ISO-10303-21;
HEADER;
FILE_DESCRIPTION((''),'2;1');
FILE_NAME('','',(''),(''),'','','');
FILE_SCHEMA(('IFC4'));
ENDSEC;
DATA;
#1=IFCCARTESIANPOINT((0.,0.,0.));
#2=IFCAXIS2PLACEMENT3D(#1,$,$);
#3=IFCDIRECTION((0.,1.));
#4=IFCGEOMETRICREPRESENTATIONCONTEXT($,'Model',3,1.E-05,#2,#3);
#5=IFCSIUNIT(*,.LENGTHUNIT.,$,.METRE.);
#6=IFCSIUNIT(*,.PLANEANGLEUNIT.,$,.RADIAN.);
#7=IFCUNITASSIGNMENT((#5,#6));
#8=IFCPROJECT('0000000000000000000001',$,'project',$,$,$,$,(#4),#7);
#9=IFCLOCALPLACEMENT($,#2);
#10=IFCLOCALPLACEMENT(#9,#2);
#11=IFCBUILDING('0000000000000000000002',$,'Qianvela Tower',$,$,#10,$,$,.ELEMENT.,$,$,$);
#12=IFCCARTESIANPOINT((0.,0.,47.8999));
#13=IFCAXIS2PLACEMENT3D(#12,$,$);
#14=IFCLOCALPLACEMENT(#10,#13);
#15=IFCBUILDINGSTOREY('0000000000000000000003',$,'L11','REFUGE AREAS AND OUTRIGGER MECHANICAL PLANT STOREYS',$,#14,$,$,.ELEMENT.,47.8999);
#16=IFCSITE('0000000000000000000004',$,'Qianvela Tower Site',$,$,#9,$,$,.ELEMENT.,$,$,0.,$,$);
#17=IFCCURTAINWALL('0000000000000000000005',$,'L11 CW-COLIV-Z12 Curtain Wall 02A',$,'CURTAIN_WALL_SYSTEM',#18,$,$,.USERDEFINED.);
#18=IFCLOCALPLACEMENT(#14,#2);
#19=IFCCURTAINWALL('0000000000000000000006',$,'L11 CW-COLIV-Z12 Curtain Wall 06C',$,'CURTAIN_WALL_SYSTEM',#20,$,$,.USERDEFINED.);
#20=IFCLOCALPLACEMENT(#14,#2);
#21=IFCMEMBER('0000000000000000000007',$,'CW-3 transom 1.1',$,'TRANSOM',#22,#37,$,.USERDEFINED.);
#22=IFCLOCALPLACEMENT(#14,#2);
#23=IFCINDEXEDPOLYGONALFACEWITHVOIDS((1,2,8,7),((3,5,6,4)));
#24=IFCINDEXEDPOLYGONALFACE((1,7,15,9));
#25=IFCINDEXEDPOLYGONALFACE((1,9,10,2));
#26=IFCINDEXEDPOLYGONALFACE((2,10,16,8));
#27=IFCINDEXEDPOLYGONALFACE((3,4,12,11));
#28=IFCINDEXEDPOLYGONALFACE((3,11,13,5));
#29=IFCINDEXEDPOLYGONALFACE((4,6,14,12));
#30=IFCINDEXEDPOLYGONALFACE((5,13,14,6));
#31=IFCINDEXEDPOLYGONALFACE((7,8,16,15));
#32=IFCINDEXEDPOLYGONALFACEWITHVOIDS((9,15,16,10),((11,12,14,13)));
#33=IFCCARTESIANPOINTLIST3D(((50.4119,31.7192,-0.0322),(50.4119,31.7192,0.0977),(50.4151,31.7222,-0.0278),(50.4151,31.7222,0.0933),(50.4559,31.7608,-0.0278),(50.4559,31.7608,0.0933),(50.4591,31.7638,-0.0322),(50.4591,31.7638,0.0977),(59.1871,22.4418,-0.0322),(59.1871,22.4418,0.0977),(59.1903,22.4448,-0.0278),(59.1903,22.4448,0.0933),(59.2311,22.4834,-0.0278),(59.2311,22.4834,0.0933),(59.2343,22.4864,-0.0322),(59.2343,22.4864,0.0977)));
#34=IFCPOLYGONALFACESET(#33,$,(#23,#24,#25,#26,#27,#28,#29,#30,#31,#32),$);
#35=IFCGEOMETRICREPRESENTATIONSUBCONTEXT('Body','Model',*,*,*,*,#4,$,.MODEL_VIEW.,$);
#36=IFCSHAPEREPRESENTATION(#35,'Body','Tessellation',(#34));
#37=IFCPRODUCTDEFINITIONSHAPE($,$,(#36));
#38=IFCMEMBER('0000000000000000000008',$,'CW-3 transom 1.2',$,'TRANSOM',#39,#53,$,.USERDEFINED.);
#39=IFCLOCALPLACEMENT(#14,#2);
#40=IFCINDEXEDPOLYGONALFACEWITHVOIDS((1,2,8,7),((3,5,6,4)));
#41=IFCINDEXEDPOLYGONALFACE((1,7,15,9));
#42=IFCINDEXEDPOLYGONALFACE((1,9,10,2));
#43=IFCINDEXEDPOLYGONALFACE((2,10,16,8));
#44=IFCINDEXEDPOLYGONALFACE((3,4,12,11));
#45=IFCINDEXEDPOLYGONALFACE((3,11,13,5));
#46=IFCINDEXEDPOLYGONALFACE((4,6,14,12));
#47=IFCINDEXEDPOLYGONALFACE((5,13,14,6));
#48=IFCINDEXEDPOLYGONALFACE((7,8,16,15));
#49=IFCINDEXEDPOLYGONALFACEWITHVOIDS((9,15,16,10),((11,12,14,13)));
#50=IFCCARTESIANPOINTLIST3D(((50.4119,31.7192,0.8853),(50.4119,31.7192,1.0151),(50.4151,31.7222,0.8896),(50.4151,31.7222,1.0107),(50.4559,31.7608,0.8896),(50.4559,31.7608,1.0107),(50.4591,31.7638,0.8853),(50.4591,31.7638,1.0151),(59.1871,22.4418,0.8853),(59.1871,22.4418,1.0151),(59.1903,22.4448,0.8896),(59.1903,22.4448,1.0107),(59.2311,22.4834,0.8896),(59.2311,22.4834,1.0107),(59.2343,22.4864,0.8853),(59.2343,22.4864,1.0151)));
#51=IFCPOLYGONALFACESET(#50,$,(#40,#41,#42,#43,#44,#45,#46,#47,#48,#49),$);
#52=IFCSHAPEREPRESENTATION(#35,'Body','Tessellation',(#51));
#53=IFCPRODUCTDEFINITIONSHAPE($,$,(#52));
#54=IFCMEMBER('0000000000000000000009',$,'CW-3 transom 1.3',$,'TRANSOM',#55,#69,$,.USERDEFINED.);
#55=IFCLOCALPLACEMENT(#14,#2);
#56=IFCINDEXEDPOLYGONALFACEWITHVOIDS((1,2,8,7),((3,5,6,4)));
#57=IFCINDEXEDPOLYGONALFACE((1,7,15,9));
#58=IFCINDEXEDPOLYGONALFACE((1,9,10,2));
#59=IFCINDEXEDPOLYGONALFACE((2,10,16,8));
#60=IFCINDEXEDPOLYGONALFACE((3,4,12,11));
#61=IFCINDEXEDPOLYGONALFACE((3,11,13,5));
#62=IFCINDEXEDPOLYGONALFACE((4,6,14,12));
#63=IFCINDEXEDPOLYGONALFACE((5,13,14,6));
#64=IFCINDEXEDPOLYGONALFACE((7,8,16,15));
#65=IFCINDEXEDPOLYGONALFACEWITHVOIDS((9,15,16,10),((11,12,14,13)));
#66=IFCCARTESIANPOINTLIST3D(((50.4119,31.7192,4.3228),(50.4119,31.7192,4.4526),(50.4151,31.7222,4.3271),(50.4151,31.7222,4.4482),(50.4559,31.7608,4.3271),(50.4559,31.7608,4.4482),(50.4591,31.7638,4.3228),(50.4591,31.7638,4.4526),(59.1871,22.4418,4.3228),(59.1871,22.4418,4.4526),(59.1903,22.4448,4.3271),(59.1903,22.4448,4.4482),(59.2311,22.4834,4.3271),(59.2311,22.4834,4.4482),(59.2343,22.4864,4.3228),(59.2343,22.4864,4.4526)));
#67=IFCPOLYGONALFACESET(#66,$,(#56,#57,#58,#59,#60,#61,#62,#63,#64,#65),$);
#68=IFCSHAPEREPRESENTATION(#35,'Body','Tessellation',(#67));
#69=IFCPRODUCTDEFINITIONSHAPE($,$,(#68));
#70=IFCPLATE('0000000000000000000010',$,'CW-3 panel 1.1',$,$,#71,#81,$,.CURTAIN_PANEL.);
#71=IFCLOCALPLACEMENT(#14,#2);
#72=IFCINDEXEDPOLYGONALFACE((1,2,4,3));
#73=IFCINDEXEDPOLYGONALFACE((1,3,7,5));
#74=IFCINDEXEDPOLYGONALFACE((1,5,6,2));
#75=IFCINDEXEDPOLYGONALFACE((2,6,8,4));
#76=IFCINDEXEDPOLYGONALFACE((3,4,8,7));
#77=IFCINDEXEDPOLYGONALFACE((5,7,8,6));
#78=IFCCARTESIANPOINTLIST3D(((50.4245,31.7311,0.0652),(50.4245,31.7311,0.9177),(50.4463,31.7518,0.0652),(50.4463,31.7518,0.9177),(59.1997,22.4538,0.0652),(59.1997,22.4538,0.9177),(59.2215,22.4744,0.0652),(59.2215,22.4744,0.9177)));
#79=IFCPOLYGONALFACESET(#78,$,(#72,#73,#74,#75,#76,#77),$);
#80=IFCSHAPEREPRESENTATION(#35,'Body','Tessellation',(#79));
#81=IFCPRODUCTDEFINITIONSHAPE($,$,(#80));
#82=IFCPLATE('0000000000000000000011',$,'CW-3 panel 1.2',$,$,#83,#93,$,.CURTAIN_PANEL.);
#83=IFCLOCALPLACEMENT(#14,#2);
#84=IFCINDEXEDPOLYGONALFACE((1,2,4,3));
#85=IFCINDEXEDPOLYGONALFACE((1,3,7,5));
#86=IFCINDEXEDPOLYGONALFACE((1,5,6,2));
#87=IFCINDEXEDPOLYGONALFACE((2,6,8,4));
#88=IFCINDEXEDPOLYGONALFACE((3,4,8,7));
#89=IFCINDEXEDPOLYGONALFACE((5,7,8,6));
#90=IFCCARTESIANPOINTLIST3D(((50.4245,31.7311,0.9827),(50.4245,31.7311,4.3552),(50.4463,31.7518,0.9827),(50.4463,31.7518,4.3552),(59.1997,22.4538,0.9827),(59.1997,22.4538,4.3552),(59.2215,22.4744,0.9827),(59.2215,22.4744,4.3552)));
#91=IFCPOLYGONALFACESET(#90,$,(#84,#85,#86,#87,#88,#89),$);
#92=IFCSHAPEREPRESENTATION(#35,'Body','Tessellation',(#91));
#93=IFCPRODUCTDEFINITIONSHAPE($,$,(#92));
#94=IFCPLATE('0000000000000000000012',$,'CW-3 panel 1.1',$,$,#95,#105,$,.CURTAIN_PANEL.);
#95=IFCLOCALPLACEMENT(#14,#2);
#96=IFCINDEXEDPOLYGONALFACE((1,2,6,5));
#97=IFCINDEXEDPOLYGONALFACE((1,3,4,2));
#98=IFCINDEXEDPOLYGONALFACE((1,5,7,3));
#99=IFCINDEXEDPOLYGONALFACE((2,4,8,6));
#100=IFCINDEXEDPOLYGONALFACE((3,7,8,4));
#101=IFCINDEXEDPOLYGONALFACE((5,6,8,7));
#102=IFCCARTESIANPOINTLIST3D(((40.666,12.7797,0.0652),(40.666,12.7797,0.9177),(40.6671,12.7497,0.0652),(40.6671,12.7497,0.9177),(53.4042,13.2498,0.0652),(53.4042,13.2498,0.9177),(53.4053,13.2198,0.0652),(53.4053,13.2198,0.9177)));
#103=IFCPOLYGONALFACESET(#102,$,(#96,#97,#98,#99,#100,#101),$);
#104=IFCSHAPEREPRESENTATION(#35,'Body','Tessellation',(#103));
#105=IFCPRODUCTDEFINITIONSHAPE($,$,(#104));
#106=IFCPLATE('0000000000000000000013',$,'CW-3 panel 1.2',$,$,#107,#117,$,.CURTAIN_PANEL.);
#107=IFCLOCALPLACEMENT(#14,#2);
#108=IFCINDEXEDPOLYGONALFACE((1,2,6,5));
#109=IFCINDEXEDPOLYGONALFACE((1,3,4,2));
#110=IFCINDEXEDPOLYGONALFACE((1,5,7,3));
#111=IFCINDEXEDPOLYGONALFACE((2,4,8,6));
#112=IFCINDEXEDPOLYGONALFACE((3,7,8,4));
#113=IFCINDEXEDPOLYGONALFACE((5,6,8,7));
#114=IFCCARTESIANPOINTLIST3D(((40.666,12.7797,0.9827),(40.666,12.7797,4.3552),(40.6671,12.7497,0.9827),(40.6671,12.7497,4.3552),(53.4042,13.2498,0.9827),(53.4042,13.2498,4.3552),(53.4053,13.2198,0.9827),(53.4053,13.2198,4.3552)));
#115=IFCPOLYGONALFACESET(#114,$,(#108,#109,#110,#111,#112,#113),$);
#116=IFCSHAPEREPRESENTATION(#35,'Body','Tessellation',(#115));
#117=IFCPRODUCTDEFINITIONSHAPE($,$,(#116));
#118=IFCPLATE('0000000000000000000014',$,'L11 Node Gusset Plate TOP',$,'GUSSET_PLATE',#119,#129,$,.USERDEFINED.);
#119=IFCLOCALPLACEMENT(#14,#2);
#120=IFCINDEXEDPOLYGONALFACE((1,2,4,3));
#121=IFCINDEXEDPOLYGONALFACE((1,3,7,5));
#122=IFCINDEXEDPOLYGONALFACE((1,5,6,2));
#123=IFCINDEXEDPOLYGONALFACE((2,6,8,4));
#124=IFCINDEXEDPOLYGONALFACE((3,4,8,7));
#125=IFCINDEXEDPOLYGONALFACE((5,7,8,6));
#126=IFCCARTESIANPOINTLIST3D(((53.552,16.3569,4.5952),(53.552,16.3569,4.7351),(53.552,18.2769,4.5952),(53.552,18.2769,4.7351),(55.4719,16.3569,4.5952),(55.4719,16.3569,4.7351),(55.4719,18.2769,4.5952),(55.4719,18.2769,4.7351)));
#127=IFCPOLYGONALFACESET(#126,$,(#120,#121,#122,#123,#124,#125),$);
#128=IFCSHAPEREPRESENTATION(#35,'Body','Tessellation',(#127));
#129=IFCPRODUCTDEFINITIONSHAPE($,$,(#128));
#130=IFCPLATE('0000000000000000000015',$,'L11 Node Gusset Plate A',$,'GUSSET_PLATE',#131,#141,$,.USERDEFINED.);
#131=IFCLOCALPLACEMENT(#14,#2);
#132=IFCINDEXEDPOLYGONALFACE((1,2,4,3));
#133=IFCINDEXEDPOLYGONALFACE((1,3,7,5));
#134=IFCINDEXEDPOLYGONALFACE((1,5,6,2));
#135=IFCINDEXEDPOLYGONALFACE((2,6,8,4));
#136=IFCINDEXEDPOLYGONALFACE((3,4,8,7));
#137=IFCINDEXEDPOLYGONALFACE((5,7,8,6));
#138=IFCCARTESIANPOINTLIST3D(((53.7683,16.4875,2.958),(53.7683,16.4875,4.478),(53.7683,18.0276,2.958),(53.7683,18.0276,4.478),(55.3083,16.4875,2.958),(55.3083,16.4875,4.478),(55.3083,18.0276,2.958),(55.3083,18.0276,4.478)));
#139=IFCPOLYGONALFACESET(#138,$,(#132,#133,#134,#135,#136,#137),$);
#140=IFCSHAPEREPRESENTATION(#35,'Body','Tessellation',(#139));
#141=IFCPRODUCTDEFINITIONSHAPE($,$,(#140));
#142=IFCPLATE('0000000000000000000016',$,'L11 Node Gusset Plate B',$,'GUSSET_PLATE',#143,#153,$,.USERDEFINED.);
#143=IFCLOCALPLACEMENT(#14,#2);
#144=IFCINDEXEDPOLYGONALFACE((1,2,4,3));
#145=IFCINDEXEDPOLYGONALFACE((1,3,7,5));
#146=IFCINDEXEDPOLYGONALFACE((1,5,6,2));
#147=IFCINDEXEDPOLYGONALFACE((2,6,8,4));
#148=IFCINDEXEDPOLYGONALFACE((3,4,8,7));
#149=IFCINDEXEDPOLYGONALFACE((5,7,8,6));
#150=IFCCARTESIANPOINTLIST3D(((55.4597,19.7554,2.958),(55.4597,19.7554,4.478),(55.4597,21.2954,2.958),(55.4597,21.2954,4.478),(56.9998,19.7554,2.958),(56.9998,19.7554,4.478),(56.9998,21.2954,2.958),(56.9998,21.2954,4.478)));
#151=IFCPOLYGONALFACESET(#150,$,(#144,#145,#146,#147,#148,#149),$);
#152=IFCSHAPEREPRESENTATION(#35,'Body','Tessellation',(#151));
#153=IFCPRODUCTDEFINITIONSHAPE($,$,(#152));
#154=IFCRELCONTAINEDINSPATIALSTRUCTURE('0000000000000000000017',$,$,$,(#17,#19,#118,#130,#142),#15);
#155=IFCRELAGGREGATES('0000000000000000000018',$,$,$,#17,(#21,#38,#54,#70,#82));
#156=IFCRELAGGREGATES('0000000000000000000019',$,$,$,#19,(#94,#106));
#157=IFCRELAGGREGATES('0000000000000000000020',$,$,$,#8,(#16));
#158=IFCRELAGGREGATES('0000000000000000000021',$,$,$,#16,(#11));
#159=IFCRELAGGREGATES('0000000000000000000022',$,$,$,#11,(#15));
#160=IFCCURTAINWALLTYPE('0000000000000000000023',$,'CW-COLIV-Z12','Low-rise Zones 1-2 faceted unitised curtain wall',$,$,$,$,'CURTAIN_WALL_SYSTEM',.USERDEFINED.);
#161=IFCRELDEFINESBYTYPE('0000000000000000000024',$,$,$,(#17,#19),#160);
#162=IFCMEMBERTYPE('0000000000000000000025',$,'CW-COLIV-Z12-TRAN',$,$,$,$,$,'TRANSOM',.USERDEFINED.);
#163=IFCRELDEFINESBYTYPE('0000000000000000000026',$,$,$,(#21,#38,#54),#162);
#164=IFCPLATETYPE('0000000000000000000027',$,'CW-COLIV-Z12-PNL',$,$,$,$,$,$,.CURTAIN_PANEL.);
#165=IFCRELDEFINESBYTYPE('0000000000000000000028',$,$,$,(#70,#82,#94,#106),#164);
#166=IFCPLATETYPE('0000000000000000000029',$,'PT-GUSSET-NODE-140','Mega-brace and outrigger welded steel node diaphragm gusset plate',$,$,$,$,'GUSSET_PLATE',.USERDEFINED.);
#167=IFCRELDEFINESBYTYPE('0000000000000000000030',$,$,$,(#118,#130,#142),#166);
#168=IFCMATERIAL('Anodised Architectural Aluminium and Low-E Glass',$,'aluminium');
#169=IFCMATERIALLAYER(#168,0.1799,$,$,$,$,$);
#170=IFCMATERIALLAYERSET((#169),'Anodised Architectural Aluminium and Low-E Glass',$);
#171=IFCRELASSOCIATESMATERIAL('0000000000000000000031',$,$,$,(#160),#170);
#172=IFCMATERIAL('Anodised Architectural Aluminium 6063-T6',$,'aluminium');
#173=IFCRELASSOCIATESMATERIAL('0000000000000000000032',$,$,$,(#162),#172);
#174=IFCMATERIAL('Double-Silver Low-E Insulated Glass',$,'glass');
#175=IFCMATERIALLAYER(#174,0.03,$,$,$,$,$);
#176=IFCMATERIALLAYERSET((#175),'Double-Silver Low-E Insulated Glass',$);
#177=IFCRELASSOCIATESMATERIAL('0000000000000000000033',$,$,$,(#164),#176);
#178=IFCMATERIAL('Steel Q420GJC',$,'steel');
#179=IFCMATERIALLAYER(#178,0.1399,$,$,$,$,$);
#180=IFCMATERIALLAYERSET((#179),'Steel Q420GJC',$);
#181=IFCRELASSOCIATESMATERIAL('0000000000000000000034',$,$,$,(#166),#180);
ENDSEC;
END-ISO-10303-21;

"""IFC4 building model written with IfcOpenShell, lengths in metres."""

from ifc_helpers import new_model, si_unit, direction, frame, origin, origin_2d, place, context, subcontext, project, spatial, rectangle, hollow_rectangle, extrude, material, layer, layer_set, material_profile, profile_set, type_object, element, aggregate, save


model = new_model("IFC4")

# Units and contexts
model_context = context("Model", 3, precision=1e-05, world=origin(), true_north=direction((0.0, 1.0)))
body_context = subcontext(model_context, "Body", "Model", "MODEL_VIEW")
ifc_project = project(units=[si_unit("LENGTHUNIT", "METRE"), si_unit("PLANEANGLEUNIT", "RADIAN")], contexts=[model_context])

# Site, building, storey
site_placement = place(None, origin())
site = spatial("IfcSite", under=ifc_project, at=site_placement, Name="Qianvela Tower Site", CompositionType="ELEMENT", RefElevation=0.0)
building_placement = place(site_placement, origin())
building = spatial("IfcBuilding", under=site, at=building_placement, Name="Qianvela Tower", CompositionType="ELEMENT")
storey_placement = place(building_placement, frame((0.0, 0.0, 47.8999)))
storey = spatial("IfcBuildingStorey", under=building, at=storey_placement, Name="L11", Description="REFUGE AREAS AND OUTRIGGER MECHANICAL PLANT STOREYS", CompositionType="ELEMENT", Elevation=47.8999)

# Curtain walls
ifc_material_1 = material(Name="Anodised Architectural Aluminium and Low-E Glass", Category="aluminium")
ifc_layer_1 = layer(ifc_material_1, 0.1799)
ifc_layer_set_1 = layer_set([ifc_layer_1], Name="Anodised Architectural Aluminium and Low-E Glass")
curtain_wall_type = type_object("IfcCurtainWallType", Name="CW-COLIV-Z12", Description="Low-rise Zones 1-2 faceted unitised curtain wall", ElementType="CURTAIN_WALL_SYSTEM", PredefinedType="USERDEFINED", material=ifc_layer_set_1)
curtain_wall_1_placement = place(storey_placement, origin())
curtain_wall_1 = element("IfcCurtainWall", 1, at=curtain_wall_1_placement, inside=storey, type_object=curtain_wall_type, Name="L11 CW-COLIV-Z12 Curtain Wall 02A", ObjectType="CURTAIN_WALL_SYSTEM", PredefinedType="USERDEFINED")
curtain_wall_2_placement = place(storey_placement, origin())
curtain_wall_2 = element("IfcCurtainWall", 2, at=curtain_wall_2_placement, inside=storey, type_object=curtain_wall_type, Name="L11 CW-COLIV-Z12 Curtain Wall 06C", ObjectType="CURTAIN_WALL_SYSTEM", PredefinedType="USERDEFINED")

# Members
ifc_material_2 = material(Name="Anodised Architectural Aluminium 6063-T6", Category="aluminium")
ifc_material_profile_1 = material_profile(ifc_material_2, hollow_rectangle(XDim=0.0649, YDim=0.1299, WallThickness=0.0044, at=origin_2d()), Name="ALU-TRAN-65x130")
ifc_profile_set_1 = profile_set([ifc_material_profile_1], Name="Anodised Architectural Aluminium 6063-T6")
member_type_1 = type_object("IfcMemberType", Name="CW-COLIV-Z12-TRAN", ElementType="TRANSOM", PredefinedType="USERDEFINED", material=ifc_profile_set_1)
member_1_placement = place(storey_placement, frame((59.2107, 22.4641, 0.0327), z_axis=(-0.68717, 0.726497, 0.0), x_axis=(-0.726497, -0.68717, 0.0)))
member_1 = element("IfcMember", 3, at=member_1_placement, type_object=member_type_1, Name="CW-3 transom 1.1", ObjectType="TRANSOM", PredefinedType="USERDEFINED", context=body_context, shape_type="SweptSolid", body=[
    extrude(hollow_rectangle(XDim=0.0649, YDim=0.1299, WallThickness=0.0044, at=origin_2d()), origin(), (0.0, 0.0, 1.0), 12.77),
])
member_2_placement = place(storey_placement, frame((59.2107, 22.4641, 0.9502), z_axis=(-0.68717, 0.726497, 0.0), x_axis=(-0.726497, -0.68717, 0.0)))
member_2 = element("IfcMember", 4, at=member_2_placement, type_object=member_type_1, Name="CW-3 transom 1.2", ObjectType="TRANSOM", PredefinedType="USERDEFINED", context=body_context, shape_type="SweptSolid", body=[
    extrude(hollow_rectangle(XDim=0.0649, YDim=0.1299, WallThickness=0.0044, at=origin_2d()), origin(), (0.0, 0.0, 1.0), 12.77),
])
member_3_placement = place(storey_placement, frame((59.2107, 22.4641, 4.3877), z_axis=(-0.68717, 0.726497, 0.0), x_axis=(-0.726497, -0.68717, 0.0)))
member_3 = element("IfcMember", 5, at=member_3_placement, type_object=member_type_1, Name="CW-3 transom 1.3", ObjectType="TRANSOM", PredefinedType="USERDEFINED", context=body_context, shape_type="SweptSolid", body=[
    extrude(hollow_rectangle(XDim=0.0649, YDim=0.1299, WallThickness=0.0044, at=origin_2d()), origin(), (0.0, 0.0, 1.0), 12.77),
])

# Plates
ifc_material_3 = material(Name="Double-Silver Low-E Insulated Glass", Category="glass")
ifc_layer_2 = layer(ifc_material_3, 0.03)
ifc_layer_set_2 = layer_set([ifc_layer_2], Name="Double-Silver Low-E Insulated Glass")
plate_type_1 = type_object("IfcPlateType", Name="CW-COLIV-Z12-PNL", PredefinedType="CURTAIN_PANEL", material=ifc_layer_set_2)
plate_1_placement = place(storey_placement, frame((54.823, 27.1028, 0.0652), z_axis=(0.0, 0.0, 1.0), x_axis=(-0.687174, 0.726493, 0.0)))
plate_1 = element("IfcPlate", 6, at=plate_1_placement, type_object=plate_type_1, Name="CW-3 panel 1.1", PredefinedType="CURTAIN_PANEL", context=body_context, shape_type="SweptSolid", body=[
    extrude(rectangle(XDim=12.77, YDim=0.03, at=origin_2d()), origin(), (0.0, 0.0, 1.0), 0.8525),
])
plate_2_placement = place(storey_placement, frame((54.823, 27.1028, 0.9827), z_axis=(0.0, 0.0, 1.0), x_axis=(-0.687174, 0.726493, 0.0)))
plate_2 = element("IfcPlate", 7, at=plate_2_placement, type_object=plate_type_1, Name="CW-3 panel 1.2", PredefinedType="CURTAIN_PANEL", context=body_context, shape_type="SweptSolid", body=[
    extrude(rectangle(XDim=12.77, YDim=0.03, at=origin_2d()), origin(), (0.0, 0.0, 1.0), 3.3726),
])
aggregate(curtain_wall_1, [member_1, member_2, member_3, plate_1, plate_2])
plate_3_placement = place(storey_placement, frame((47.0356, 12.9998, 0.0652), z_axis=(0.0, 0.0, 1.0), x_axis=(0.99932, 0.036875, 0.0)))
plate_3 = element("IfcPlate", 8, at=plate_3_placement, type_object=plate_type_1, Name="CW-3 panel 1.1", PredefinedType="CURTAIN_PANEL", context=body_context, shape_type="SweptSolid", body=[
    extrude(rectangle(XDim=12.7468, YDim=0.03, at=origin_2d()), origin(), (0.0, 0.0, 1.0), 0.8525),
])
plate_4_placement = place(storey_placement, frame((47.0356, 12.9998, 0.9827), z_axis=(0.0, 0.0, 1.0), x_axis=(0.99932, 0.036875, 0.0)))
plate_4 = element("IfcPlate", 9, at=plate_4_placement, type_object=plate_type_1, Name="CW-3 panel 1.2", PredefinedType="CURTAIN_PANEL", context=body_context, shape_type="SweptSolid", body=[
    extrude(rectangle(XDim=12.7468, YDim=0.03, at=origin_2d()), origin(), (0.0, 0.0, 1.0), 3.3726),
])
aggregate(curtain_wall_2, [plate_3, plate_4])

# Plates
ifc_material_4 = material(Name="Steel Q420GJC", Category="steel")
ifc_layer_3 = layer(ifc_material_4, 0.1399)
ifc_layer_set_3 = layer_set([ifc_layer_3], Name="Steel Q420GJC")
plate_type_2 = type_object("IfcPlateType", Name="PT-GUSSET-NODE-140", Description="Mega-brace and outrigger welded steel node diaphragm gusset plate", ElementType="GUSSET_PLATE", PredefinedType="USERDEFINED", material=ifc_layer_set_3)
plate_5_placement = place(storey_placement, frame((54.512, 17.3169, 4.5952), z_axis=(0.0, 0.0, 1.0), x_axis=(1.0, 0.0, 0.0)))
element("IfcPlate", 10, at=plate_5_placement, inside=storey, type_object=plate_type_2, Name="L11 Node Gusset Plate TOP", ObjectType="GUSSET_PLATE", PredefinedType="USERDEFINED", context=body_context, shape_type="SweptSolid", body=[
    extrude(rectangle(XDim=1.9199, YDim=1.9199, at=origin_2d()), origin(), (0.0, 0.0, 1.0), 0.1399),
])
for number, where, z_axis, x_axis, name in (
    (11, (54.5383, 17.2576, 2.958), (0.0, 0.0, 1.0), (1.0, 0.0, 0.0), "L11 Node Gusset Plate A"),
    (12, (56.2297, 20.5254, 2.958), (0.0, 0.0, 1.0), (1.0, 0.0, 0.0), "L11 Node Gusset Plate B"),
):
    element("IfcPlate", number, at=place(storey_placement, frame(where, z_axis=z_axis, x_axis=x_axis)), inside=storey, type_object=plate_type_2, Name=name, ObjectType="GUSSET_PLATE", PredefinedType="USERDEFINED", context=body_context, shape_type="SweptSolid", body=[
        extrude(rectangle(XDim=1.54, YDim=1.54, at=origin_2d()), origin(), (0.0, 0.0, 1.0), 1.52),
    ])

save(model, "model.ifc")
